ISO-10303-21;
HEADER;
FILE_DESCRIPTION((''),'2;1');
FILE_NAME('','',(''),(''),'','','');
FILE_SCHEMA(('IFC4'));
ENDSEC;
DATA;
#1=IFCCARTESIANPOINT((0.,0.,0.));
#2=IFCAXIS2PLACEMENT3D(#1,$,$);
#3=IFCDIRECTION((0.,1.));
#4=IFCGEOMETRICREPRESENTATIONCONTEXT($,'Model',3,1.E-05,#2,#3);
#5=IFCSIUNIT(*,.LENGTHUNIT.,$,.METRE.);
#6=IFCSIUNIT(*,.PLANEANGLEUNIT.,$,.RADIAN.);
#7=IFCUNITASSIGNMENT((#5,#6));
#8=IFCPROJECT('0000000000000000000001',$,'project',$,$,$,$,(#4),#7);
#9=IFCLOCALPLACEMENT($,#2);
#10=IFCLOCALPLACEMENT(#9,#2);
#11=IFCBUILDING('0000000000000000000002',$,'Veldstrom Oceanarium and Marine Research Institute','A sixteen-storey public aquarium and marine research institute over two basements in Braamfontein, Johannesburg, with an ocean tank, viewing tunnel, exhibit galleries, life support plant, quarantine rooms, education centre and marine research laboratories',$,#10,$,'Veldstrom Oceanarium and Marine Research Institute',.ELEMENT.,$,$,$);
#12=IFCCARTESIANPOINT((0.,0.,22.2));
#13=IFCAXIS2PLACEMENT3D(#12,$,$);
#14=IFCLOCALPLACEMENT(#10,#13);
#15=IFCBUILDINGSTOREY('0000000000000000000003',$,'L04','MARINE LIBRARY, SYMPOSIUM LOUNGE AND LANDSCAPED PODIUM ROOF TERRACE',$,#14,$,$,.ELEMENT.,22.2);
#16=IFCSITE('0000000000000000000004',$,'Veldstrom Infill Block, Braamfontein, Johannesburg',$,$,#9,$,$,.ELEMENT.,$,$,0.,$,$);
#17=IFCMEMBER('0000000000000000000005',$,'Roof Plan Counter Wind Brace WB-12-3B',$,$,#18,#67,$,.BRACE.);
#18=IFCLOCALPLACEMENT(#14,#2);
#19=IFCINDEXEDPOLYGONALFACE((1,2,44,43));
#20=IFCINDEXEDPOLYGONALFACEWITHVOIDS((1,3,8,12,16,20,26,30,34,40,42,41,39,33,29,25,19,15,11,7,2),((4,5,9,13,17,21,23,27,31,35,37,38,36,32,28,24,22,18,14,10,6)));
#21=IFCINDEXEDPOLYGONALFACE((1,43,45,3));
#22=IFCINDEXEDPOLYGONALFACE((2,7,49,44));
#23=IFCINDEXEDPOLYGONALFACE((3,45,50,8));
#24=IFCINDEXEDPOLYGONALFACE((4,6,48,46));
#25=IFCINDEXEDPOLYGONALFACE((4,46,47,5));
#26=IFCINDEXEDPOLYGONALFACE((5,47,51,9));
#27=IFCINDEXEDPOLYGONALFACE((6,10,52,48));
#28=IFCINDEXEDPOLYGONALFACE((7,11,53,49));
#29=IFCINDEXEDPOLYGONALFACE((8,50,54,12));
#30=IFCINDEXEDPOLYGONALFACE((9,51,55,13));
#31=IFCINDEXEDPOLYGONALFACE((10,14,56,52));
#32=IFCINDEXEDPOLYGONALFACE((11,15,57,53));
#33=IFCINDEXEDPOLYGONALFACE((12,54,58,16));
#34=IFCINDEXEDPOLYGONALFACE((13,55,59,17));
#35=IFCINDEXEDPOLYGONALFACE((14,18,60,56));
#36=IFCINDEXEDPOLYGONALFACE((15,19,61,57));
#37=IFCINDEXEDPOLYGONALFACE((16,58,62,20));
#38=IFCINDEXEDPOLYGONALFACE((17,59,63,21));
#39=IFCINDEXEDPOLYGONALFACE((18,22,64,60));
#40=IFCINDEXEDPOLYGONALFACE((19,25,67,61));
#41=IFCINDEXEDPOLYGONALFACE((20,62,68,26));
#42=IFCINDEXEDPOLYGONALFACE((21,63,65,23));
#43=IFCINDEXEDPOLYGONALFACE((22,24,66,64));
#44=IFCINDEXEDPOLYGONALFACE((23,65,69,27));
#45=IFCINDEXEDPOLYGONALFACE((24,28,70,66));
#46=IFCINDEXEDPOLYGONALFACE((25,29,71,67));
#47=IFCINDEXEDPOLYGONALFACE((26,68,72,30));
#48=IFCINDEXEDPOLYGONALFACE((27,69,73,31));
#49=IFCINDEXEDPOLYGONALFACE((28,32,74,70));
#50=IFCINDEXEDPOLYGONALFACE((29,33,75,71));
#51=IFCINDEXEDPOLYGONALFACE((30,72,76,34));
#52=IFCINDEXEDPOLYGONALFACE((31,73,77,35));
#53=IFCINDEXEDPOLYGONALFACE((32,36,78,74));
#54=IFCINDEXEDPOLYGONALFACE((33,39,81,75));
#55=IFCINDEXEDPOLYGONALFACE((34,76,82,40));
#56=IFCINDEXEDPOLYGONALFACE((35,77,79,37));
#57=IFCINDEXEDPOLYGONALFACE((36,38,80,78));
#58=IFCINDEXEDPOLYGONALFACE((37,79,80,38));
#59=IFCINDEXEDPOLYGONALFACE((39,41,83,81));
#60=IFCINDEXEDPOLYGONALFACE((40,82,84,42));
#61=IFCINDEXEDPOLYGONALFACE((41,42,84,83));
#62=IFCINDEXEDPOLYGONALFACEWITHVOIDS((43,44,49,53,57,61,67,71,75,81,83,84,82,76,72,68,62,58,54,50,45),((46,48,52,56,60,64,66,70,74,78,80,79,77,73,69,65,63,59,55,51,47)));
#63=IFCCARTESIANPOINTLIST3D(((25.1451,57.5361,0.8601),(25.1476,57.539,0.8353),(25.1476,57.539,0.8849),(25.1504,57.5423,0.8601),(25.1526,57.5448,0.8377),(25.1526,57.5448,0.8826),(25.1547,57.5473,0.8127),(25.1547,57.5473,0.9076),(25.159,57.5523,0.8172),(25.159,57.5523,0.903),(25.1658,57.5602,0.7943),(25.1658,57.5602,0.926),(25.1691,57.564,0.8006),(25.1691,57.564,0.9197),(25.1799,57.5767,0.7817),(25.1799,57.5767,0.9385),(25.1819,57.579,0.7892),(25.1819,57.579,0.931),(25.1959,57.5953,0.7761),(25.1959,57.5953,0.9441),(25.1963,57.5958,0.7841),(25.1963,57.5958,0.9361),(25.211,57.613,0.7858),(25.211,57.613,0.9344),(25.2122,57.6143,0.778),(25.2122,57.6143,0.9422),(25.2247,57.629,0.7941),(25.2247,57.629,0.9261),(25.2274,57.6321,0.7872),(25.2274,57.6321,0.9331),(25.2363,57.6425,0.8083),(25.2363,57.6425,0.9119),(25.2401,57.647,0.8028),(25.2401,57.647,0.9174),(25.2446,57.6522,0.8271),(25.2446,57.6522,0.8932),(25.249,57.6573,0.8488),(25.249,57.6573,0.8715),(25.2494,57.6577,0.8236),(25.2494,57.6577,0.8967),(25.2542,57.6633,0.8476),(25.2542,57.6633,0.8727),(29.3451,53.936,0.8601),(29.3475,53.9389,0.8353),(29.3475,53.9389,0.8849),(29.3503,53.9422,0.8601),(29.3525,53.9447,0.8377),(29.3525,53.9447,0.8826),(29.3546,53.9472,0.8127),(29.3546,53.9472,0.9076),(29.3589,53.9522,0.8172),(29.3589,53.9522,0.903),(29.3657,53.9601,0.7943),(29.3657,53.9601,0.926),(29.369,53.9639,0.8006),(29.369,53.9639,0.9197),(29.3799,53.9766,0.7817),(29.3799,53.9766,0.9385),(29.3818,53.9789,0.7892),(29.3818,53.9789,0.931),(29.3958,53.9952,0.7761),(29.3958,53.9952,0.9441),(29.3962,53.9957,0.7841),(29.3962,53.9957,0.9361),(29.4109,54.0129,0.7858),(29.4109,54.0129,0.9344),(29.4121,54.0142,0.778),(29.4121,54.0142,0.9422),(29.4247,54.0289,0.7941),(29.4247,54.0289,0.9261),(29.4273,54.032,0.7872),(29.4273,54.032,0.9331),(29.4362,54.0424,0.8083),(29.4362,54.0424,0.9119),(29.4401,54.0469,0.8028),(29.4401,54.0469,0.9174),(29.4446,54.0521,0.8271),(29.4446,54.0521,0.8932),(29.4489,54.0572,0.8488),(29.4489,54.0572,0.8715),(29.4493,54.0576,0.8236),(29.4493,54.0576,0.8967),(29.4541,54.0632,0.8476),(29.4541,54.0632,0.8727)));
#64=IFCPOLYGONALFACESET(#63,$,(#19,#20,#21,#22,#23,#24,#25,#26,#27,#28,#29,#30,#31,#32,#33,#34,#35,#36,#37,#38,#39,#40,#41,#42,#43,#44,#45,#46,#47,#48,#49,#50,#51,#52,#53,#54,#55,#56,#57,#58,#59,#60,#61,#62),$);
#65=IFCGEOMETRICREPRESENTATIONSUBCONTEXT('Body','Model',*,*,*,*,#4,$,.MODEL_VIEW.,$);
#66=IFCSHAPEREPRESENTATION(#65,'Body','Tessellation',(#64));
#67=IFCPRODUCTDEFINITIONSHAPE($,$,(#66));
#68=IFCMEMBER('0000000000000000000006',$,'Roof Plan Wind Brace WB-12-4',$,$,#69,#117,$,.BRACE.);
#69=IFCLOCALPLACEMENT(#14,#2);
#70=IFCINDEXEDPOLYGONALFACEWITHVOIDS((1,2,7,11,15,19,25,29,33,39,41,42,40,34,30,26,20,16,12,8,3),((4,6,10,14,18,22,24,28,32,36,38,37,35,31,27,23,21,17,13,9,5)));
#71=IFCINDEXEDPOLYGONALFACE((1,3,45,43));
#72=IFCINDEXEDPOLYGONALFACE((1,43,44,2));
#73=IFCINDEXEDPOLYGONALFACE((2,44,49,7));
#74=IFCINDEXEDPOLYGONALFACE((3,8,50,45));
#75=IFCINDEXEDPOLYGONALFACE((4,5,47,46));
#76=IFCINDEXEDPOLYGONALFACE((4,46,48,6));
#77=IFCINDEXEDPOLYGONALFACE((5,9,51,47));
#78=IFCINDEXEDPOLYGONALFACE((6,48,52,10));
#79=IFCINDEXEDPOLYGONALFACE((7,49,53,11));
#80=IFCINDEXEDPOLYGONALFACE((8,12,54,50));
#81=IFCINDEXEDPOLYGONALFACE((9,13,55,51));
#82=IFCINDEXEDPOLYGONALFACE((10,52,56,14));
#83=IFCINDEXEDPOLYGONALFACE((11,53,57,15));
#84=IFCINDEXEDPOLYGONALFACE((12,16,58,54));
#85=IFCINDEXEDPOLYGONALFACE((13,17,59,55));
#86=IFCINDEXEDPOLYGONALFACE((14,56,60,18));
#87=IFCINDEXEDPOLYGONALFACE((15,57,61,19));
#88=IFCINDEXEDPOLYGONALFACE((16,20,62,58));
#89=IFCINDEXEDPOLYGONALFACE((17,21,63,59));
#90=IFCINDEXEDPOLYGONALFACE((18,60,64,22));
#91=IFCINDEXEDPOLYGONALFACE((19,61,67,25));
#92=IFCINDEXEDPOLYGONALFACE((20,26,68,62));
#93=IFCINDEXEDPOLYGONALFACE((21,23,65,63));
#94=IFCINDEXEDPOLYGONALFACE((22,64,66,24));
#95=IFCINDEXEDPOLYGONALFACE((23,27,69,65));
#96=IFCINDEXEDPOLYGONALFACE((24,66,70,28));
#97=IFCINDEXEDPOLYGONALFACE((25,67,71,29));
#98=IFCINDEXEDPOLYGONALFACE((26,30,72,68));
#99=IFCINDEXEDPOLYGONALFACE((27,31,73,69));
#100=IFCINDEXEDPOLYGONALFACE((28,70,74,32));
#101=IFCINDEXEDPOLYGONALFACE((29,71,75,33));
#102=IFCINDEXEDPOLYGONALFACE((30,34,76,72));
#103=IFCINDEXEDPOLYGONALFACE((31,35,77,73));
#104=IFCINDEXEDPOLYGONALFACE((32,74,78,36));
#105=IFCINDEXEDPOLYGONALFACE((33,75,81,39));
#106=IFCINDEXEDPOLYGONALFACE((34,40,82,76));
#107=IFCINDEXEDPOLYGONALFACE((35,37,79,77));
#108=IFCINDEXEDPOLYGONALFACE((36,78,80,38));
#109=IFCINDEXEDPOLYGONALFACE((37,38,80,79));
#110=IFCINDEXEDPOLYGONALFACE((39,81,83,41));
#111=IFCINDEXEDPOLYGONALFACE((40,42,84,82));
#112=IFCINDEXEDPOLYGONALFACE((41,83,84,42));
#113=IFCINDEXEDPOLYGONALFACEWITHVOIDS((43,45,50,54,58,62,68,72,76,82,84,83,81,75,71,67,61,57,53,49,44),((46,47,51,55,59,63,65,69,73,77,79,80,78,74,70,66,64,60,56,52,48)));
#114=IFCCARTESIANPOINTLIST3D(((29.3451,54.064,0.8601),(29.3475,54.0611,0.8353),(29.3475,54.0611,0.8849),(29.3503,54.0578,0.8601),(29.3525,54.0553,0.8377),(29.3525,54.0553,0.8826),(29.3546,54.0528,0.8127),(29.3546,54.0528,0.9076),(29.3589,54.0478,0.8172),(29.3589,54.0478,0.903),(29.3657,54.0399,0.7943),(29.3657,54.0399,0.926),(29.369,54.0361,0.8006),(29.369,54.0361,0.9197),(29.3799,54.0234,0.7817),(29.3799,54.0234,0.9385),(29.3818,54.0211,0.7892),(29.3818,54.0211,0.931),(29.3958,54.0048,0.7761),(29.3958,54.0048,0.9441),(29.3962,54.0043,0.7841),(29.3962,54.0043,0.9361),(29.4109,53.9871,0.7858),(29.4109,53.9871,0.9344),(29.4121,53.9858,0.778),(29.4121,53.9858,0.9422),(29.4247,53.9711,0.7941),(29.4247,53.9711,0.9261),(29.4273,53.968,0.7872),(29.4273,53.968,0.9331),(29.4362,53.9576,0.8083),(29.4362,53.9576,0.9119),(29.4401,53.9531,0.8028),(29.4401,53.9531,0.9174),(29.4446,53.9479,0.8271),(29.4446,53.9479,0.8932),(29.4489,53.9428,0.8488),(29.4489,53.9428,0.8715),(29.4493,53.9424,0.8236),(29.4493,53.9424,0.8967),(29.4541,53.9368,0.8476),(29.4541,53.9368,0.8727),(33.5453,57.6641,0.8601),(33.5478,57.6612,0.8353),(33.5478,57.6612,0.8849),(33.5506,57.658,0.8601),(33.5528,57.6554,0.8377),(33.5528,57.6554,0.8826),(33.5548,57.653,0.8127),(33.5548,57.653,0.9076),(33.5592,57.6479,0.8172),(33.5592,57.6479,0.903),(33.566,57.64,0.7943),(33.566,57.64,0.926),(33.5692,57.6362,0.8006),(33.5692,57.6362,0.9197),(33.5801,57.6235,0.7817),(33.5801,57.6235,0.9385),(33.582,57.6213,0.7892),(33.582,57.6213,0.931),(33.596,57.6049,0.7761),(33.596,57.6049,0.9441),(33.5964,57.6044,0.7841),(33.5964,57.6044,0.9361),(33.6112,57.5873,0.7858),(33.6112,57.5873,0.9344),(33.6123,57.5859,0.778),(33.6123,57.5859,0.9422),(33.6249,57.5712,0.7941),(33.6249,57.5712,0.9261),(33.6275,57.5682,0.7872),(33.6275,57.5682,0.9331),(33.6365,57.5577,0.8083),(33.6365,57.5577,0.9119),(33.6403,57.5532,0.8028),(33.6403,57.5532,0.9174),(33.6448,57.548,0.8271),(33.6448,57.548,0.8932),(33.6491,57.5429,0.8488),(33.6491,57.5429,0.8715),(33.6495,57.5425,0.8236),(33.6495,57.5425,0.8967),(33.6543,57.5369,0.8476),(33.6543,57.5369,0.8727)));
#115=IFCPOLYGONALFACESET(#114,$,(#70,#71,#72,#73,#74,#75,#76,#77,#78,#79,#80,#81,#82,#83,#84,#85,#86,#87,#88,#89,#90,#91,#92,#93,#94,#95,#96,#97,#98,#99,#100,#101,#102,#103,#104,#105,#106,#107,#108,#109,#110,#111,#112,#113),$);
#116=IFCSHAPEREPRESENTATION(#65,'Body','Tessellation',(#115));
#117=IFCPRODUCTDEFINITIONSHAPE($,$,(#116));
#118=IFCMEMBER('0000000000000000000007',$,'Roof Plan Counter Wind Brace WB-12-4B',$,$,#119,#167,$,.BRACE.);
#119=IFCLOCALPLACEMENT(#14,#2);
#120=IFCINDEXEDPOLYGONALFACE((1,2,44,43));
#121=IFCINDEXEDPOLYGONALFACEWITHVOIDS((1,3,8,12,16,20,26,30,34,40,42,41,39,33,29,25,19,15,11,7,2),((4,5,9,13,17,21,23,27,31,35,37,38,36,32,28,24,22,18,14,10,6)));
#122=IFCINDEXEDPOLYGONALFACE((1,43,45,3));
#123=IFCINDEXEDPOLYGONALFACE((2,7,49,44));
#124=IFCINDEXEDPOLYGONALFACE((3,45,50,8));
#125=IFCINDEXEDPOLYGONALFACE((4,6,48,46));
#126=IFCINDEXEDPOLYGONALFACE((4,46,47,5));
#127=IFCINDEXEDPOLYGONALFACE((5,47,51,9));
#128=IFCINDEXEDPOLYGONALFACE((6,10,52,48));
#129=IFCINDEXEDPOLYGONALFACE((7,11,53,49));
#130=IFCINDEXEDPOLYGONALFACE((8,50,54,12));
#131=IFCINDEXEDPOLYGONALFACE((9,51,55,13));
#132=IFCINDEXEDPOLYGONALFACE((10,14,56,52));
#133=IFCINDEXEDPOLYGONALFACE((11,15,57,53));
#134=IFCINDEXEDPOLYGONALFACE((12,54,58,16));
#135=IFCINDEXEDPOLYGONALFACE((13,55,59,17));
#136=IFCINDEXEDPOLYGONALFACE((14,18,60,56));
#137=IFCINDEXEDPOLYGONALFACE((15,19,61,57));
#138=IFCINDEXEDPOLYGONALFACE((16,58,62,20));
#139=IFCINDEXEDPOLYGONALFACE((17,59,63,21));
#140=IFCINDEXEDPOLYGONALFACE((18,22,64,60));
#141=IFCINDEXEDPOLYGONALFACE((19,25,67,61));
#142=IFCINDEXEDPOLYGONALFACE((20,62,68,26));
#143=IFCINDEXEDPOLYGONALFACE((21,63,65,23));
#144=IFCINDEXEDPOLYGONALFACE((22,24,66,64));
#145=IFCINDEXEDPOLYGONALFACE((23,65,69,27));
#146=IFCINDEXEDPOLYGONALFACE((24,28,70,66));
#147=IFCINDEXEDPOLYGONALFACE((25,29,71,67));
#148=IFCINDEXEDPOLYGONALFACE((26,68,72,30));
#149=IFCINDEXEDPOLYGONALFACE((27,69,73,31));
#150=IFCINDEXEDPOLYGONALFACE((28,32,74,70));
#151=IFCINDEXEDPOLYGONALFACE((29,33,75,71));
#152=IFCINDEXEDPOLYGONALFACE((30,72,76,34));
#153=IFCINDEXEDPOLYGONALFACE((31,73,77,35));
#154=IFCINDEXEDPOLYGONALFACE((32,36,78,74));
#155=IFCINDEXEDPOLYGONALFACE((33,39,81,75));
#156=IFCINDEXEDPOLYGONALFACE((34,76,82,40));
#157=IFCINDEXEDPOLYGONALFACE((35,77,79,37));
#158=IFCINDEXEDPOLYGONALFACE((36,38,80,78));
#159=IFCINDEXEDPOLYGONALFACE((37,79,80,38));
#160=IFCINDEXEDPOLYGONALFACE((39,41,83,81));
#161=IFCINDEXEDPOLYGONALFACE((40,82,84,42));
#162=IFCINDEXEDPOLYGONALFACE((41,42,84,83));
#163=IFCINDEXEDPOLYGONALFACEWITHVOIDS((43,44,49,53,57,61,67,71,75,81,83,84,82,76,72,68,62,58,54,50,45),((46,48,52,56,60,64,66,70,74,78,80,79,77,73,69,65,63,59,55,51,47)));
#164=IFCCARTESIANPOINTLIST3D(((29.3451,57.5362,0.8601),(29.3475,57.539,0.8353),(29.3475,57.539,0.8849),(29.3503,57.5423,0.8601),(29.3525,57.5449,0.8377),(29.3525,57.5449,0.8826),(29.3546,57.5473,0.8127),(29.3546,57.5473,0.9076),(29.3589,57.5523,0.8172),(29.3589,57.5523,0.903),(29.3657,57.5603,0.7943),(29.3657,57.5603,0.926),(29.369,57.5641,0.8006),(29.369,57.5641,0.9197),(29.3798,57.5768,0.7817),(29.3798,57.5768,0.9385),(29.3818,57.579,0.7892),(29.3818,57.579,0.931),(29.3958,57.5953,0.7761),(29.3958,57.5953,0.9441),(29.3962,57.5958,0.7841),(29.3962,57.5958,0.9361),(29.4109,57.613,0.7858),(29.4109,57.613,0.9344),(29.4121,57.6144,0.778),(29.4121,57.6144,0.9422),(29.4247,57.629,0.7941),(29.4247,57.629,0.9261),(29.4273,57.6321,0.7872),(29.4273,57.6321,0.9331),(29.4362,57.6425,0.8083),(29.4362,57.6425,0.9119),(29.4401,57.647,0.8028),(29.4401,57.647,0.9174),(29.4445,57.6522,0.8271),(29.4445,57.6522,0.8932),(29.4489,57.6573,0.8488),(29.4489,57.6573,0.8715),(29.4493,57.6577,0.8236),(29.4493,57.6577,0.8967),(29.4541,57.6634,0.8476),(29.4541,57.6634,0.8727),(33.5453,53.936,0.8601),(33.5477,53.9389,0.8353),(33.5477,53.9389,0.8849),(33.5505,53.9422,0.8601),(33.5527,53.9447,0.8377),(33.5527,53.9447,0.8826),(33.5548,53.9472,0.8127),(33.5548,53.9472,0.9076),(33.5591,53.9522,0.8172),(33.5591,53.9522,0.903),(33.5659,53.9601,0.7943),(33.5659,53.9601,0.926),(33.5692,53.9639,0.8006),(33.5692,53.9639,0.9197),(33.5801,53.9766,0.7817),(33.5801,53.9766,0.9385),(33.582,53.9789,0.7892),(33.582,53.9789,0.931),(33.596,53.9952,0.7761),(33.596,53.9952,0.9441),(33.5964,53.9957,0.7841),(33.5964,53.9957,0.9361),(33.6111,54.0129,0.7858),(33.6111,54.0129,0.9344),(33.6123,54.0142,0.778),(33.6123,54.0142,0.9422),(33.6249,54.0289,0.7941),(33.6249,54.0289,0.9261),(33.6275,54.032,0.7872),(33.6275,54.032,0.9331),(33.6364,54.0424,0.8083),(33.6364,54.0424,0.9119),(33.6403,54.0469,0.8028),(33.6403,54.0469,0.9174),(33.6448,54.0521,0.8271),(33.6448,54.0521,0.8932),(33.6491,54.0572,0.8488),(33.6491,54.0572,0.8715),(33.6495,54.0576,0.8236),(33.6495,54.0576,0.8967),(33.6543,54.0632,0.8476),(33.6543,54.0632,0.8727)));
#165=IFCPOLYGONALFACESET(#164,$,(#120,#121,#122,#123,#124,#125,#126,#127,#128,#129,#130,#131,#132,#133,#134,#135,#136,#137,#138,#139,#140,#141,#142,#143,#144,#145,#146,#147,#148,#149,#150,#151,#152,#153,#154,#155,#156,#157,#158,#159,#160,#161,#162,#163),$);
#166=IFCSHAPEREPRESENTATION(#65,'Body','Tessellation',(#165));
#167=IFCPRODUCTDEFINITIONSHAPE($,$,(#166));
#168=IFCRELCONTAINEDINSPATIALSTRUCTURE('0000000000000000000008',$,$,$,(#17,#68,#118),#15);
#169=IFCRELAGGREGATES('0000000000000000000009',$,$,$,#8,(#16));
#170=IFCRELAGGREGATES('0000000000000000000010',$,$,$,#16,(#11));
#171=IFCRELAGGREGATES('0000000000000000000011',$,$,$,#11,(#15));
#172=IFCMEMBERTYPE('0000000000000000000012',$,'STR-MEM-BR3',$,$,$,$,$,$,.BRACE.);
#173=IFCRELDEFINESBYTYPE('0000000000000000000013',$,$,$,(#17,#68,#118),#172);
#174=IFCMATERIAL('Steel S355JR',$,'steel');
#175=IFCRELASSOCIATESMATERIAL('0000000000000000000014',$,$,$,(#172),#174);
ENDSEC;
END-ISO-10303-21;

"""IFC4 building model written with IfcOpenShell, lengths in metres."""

from ifc_helpers import new_model, si_unit, direction, frame, origin, origin_2d, place, context, subcontext, project, spatial, hollow_circle, extrude, material, material_profile, profile_set, type_object, element, save


model = new_model("IFC4")

# Units and contexts
model_context = context("Model", 3, precision=1e-05, world=origin(), true_north=direction((0.0, 1.0)))
body_context = subcontext(model_context, "Body", "Model", "MODEL_VIEW")
ifc_project = project(units=[si_unit("LENGTHUNIT", "METRE"), si_unit("PLANEANGLEUNIT", "RADIAN")], contexts=[model_context])

# Site, building, storey
site_placement = place(None, origin())
site = spatial("IfcSite", under=ifc_project, at=site_placement, Name="Veldstrom Infill Block, Braamfontein, Johannesburg", CompositionType="ELEMENT", RefElevation=0.0)
building_placement = place(site_placement, origin())
building = spatial("IfcBuilding", under=site, at=building_placement, Name="Veldstrom Oceanarium and Marine Research Institute", Description="A sixteen-storey public aquarium and marine research institute over two basements in Braamfontein, Johannesburg, with an ocean tank, viewing tunnel, exhibit galleries, life support plant, quarantine rooms, education centre and marine research laboratories", LongName="Veldstrom Oceanarium and Marine Research Institute", CompositionType="ELEMENT")
storey_placement = place(building_placement, frame((0.0, 0.0, 22.2)))
storey = spatial("IfcBuildingStorey", under=building, at=storey_placement, Name="L04", Description="MARINE LIBRARY, SYMPOSIUM LOUNGE AND LANDSCAPED PODIUM ROOF TERRACE", CompositionType="ELEMENT", Elevation=22.2)

# Members
ifc_material_1 = material(Name="Steel S355JR", Category="steel")
ifc_material_profile_1 = material_profile(ifc_material_1, hollow_circle(Radius=0.0842, WallThickness=0.0081, at=origin_2d()), Name="CHS 168.3x8")
ifc_profile_set_1 = profile_set([ifc_material_profile_1], Name="Steel S355JR")
member_type_1 = type_object("IfcMemberType", Name="STR-MEM-BR3", PredefinedType="BRACE", material=ifc_profile_set_1)
for number, where, z_axis, x_axis, name in (
    (1, (29.3999, 54.0, 0.8601), (-0.759244, 0.650806, 0.0), (-0.650806, -0.759244, 0.0), "Roof Plan Counter Wind Brace WB-12-3B"),
):
    element("IfcMember", number, at=place(storey_placement, frame(where, z_axis=z_axis, x_axis=x_axis)), inside=storey, type_object=member_type_1, Name=name, PredefinedType="BRACE", context=body_context, shape_type="SweptSolid", body=[
        extrude(hollow_circle(Radius=0.0842, WallThickness=0.0081, at=origin_2d()), origin(), (0.0, 0.0, 1.0), 5.5317),
    ])
for number, where, z_axis, x_axis, name in (
    (2, (29.3999, 54.0, 0.8601), (0.759263, 0.650784, 0.0), (-0.650784, 0.759263, 0.0), "Roof Plan Wind Brace WB-12-4"),
    (3, (33.6001, 54.0, 0.8601), (-0.759263, 0.650784, 0.0), (-0.650784, -0.759263, 0.0), "Roof Plan Counter Wind Brace WB-12-4B"),
):
    element("IfcMember", number, at=place(storey_placement, frame(where, z_axis=z_axis, x_axis=x_axis)), inside=storey, type_object=member_type_1, Name=name, PredefinedType="BRACE", context=body_context, shape_type="SweptSolid", body=[
        extrude(hollow_circle(Radius=0.0842, WallThickness=0.0081, at=origin_2d()), origin(), (0.0, 0.0, 1.0), 5.532),
    ])

save(model, "model.ifc")
